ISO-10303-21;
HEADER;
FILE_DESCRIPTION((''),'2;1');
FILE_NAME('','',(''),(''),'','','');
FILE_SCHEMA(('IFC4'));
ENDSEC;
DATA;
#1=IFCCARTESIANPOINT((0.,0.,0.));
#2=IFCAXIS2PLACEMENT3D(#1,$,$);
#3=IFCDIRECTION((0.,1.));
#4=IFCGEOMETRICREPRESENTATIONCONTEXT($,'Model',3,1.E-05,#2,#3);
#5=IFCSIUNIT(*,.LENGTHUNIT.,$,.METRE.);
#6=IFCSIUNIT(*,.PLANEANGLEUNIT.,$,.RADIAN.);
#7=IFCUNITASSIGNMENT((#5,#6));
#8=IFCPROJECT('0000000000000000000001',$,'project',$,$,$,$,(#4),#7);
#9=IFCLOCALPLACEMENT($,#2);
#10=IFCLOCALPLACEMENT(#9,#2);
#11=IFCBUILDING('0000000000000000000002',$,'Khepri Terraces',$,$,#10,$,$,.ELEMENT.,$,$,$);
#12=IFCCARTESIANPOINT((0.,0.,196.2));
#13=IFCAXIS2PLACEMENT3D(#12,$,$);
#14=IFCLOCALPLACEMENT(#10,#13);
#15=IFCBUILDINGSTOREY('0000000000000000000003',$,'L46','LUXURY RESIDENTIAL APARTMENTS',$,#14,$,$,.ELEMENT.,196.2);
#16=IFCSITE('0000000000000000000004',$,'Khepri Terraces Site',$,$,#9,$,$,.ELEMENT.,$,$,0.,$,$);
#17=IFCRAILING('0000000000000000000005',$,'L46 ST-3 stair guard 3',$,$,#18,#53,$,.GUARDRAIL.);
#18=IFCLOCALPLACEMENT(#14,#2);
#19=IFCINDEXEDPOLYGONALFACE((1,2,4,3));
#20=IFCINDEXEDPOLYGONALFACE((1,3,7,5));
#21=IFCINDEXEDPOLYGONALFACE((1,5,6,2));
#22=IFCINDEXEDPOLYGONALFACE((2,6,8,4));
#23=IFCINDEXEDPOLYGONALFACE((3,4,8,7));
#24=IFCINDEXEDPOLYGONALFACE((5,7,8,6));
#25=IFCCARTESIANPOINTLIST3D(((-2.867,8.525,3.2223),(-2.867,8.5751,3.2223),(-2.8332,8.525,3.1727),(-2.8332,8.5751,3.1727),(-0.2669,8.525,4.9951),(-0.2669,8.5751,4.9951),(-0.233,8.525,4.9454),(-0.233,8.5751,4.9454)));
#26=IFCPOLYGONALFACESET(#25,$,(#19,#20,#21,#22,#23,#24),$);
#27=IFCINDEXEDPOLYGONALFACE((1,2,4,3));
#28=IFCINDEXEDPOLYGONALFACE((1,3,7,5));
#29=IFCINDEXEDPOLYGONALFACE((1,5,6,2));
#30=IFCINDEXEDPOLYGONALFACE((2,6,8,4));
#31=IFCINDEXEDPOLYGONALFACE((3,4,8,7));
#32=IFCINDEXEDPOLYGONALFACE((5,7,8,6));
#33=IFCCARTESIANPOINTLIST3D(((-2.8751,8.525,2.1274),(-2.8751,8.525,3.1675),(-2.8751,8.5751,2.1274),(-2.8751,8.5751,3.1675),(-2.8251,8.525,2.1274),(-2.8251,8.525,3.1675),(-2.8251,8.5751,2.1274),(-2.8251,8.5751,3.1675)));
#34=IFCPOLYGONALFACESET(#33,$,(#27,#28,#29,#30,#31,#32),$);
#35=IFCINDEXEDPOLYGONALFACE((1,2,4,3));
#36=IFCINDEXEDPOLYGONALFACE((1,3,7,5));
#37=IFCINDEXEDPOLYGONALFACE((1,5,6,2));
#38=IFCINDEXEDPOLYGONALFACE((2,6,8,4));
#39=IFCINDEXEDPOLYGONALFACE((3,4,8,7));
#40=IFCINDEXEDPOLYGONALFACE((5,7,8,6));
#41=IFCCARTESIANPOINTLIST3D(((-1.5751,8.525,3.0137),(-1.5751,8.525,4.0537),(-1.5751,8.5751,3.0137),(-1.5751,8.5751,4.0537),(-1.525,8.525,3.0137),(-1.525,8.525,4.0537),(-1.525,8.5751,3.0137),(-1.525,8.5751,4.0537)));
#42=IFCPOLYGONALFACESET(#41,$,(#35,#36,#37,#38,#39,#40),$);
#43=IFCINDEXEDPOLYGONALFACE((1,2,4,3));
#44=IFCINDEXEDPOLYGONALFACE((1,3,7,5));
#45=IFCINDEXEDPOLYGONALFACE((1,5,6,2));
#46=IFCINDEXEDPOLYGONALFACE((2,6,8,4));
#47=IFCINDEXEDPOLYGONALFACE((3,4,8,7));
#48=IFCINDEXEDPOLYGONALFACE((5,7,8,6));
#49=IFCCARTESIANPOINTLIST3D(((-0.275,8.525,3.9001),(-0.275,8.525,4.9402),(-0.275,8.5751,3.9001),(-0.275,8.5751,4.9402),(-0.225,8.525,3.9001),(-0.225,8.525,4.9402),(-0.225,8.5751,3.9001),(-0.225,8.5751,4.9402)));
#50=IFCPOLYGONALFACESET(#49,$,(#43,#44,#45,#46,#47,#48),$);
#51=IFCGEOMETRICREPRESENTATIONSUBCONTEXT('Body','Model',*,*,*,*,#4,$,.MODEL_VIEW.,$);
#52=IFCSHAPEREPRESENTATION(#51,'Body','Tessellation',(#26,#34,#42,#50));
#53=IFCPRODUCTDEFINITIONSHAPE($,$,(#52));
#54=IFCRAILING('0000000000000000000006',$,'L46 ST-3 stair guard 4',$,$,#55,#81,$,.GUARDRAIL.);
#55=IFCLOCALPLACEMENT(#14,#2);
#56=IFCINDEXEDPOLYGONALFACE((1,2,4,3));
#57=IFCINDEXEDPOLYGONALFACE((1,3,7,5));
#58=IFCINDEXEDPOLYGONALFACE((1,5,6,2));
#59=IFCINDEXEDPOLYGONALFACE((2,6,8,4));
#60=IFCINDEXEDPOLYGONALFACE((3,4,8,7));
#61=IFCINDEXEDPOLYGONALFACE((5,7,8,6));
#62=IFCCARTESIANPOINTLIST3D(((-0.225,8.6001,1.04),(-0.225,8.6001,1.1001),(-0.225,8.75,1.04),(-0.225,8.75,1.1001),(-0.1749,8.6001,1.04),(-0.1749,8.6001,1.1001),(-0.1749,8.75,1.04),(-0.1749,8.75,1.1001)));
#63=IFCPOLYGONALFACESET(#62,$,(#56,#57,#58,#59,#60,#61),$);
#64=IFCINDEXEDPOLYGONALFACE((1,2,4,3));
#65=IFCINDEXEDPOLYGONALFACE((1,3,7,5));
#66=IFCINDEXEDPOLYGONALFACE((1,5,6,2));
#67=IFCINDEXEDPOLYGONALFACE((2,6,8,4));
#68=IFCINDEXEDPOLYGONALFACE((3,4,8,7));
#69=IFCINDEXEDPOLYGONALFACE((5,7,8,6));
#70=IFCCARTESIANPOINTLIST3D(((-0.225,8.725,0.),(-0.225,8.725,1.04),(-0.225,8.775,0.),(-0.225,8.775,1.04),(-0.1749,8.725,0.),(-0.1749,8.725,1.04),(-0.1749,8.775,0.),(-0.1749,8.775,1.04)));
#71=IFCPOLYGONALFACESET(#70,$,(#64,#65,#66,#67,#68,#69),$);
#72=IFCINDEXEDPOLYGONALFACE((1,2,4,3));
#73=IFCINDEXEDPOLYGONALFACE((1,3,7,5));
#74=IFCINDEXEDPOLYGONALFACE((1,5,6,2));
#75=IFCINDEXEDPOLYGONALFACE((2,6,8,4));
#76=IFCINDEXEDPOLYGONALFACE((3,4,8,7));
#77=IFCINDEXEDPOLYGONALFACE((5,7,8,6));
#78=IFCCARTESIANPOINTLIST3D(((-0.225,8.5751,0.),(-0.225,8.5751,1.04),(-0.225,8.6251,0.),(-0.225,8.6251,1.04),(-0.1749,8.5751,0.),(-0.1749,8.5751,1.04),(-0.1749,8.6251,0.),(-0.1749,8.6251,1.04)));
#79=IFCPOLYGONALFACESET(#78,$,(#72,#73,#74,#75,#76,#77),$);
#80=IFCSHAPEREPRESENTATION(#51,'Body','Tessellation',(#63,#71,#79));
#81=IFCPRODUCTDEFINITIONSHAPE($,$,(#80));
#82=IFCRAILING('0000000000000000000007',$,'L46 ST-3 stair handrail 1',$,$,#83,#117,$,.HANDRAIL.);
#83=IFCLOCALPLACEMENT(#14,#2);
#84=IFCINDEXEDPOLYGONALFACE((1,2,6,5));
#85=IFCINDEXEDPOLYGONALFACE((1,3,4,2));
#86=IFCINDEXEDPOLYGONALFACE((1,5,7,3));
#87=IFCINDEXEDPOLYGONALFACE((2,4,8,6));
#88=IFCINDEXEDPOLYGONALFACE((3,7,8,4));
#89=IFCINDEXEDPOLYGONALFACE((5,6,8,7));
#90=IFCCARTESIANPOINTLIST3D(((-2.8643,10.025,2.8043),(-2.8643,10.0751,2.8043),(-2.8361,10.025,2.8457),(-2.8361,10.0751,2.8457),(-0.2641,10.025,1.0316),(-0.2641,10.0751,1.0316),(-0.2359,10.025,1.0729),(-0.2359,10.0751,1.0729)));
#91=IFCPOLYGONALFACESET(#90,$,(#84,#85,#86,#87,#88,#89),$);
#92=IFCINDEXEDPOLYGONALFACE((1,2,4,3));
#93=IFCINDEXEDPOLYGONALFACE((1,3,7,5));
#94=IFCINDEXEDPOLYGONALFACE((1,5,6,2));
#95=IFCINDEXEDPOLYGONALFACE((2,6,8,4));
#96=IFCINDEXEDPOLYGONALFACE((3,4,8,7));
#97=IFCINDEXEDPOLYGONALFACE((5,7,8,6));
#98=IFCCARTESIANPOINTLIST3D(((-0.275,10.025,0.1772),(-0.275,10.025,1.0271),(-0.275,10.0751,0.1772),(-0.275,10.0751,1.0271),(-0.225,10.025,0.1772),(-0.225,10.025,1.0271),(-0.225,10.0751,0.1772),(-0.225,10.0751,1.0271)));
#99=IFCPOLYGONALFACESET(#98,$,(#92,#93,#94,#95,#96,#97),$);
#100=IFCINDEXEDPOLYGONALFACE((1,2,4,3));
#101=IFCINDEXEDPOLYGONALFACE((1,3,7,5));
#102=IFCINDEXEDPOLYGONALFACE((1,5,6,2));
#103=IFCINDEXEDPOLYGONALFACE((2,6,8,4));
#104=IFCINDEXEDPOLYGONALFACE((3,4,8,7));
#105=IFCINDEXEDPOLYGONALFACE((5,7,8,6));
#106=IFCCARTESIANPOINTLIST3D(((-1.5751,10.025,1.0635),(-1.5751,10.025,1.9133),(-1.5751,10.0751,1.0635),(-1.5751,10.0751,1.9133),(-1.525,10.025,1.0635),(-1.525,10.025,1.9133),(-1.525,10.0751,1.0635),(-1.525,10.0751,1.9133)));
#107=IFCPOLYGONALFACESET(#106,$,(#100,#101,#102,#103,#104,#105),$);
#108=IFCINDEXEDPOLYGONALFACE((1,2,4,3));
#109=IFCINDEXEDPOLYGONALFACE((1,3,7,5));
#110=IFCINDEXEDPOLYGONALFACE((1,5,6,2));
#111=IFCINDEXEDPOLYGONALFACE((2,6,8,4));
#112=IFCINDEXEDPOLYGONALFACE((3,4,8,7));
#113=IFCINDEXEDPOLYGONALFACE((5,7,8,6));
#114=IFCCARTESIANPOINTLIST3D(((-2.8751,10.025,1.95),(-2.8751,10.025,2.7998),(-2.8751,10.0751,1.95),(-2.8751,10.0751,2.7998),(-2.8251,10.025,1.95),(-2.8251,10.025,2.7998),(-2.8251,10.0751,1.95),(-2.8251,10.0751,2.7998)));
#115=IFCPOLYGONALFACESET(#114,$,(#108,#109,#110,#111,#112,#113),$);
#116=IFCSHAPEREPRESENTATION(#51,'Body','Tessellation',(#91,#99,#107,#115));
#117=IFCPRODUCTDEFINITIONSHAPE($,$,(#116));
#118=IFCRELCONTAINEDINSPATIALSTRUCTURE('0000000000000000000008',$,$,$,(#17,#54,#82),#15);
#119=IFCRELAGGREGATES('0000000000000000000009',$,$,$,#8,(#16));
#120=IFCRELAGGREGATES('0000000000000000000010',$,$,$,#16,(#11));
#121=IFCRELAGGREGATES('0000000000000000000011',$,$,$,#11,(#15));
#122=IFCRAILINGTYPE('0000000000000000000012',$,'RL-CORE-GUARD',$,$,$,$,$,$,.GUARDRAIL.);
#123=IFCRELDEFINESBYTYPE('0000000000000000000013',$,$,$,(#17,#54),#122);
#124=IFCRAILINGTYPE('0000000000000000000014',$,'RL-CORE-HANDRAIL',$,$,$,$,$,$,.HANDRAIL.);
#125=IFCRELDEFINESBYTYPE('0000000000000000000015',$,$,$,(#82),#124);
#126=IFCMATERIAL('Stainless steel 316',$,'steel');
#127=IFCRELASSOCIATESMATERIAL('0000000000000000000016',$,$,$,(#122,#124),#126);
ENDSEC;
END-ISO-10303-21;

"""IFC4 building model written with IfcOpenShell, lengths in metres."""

from ifc_helpers import new_model, si_unit, direction, frame, origin, origin_2d, place, context, subcontext, project, spatial, rectangle, extrude, material, type_object, element, save


model = new_model("IFC4")

# Units and contexts
model_context = context("Model", 3, precision=1e-05, world=origin(), true_north=direction((0.0, 1.0)))
body_context = subcontext(model_context, "Body", "Model", "MODEL_VIEW")
ifc_project = project(units=[si_unit("LENGTHUNIT", "METRE"), si_unit("PLANEANGLEUNIT", "RADIAN")], contexts=[model_context])

# Site, building, storey
site_placement = place(None, origin())
site = spatial("IfcSite", under=ifc_project, at=site_placement, Name="Khepri Terraces Site", CompositionType="ELEMENT", RefElevation=0.0)
building_placement = place(site_placement, origin())
building = spatial("IfcBuilding", under=site, at=building_placement, Name="Khepri Terraces", CompositionType="ELEMENT")
storey_placement = place(building_placement, frame((0.0, 0.0, 196.2)))
storey = spatial("IfcBuildingStorey", under=building, at=storey_placement, Name="L46", Description="LUXURY RESIDENTIAL APARTMENTS", CompositionType="ELEMENT", Elevation=196.2)

# Railings
ifc_material_1 = material(Name="Stainless steel 316", Category="steel")
railing_type_1 = type_object("IfcRailingType", Name="RL-CORE-GUARD", PredefinedType="GUARDRAIL", material=ifc_material_1)
railing_1_placement = place(storey_placement, frame((-2.8501, 8.55, 2.1274)))
element("IfcRailing", 1, at=railing_1_placement, inside=storey, type_object=railing_type_1, Name="L46 ST-3 stair guard 3", PredefinedType="GUARDRAIL", context=body_context, shape_type="SweptSolid", body=[
    extrude(rectangle(XDim=0.05, YDim=0.0601, at=origin_2d()), frame((0.0, 0.0, 1.0701), z_axis=(0.82624, 0.0, 0.563318), x_axis=(0.0, 1.0, 0.0)), (0.0, 0.0, 1.0), 3.147),
    extrude(rectangle(XDim=0.05, YDim=0.05, at=origin_2d()), origin(), (0.0, 0.0, 1.0), 1.04),
    extrude(rectangle(XDim=0.05, YDim=0.05, at=origin_2d()), frame((1.3, 0.0, 0.8862)), (0.0, 0.0, 1.0), 1.04),
    extrude(rectangle(XDim=0.05, YDim=0.05, at=origin_2d()), frame((2.6001, 0.0, 1.7727)), (0.0, 0.0, 1.0), 1.04),
])
railing_2_placement = place(storey_placement, frame((-0.2, 8.75, 0.0)))
element("IfcRailing", 2, at=railing_2_placement, inside=storey, type_object=railing_type_1, Name="L46 ST-3 stair guard 4", PredefinedType="GUARDRAIL", context=body_context, shape_type="SweptSolid", body=[
    extrude(rectangle(XDim=0.05, YDim=0.0601, at=origin_2d()), frame((0.0, 0.0, 1.0701), z_axis=(0.0, -1.0, 0.0), x_axis=(1.0, 0.0, 0.0)), (0.0, 0.0, 1.0), 0.1499),
    extrude(rectangle(XDim=0.05, YDim=0.05, at=origin_2d()), origin(), (0.0, 0.0, 1.0), 1.04),
    extrude(rectangle(XDim=0.05, YDim=0.05, at=origin_2d()), frame((0.0, -0.1499, 0.0)), (0.0, 0.0, 1.0), 1.04),
])
railing_type_2 = type_object("IfcRailingType", Name="RL-CORE-HANDRAIL", PredefinedType="HANDRAIL", material=ifc_material_1)
railing_3_placement = place(storey_placement, frame((-0.25, 10.05, 0.1772)))
element("IfcRailing", 3, at=railing_3_placement, inside=storey, type_object=railing_type_2, Name="L46 ST-3 stair handrail 1", PredefinedType="HANDRAIL", context=body_context, shape_type="SweptSolid", body=[
    extrude(rectangle(XDim=0.05, YDim=0.05, at=origin_2d()), frame((0.0, 0.0, 0.875), z_axis=(-0.82624, 0.0, 0.563318), x_axis=(0.0, -1.0, 0.0)), (0.0, 0.0, 1.0), 3.147),
    extrude(rectangle(XDim=0.05, YDim=0.05, at=origin_2d()), origin(), (0.0, 0.0, 1.0), 0.8499),
    extrude(rectangle(XDim=0.05, YDim=0.05, at=origin_2d()), frame((-1.3, 0.0, 0.8862)), (0.0, 0.0, 1.0), 0.8499),
    extrude(rectangle(XDim=0.05, YDim=0.05, at=origin_2d()), frame((-2.6001, 0.0, 1.7727)), (0.0, 0.0, 1.0), 0.8499),
])

save(model, "model.ifc")
